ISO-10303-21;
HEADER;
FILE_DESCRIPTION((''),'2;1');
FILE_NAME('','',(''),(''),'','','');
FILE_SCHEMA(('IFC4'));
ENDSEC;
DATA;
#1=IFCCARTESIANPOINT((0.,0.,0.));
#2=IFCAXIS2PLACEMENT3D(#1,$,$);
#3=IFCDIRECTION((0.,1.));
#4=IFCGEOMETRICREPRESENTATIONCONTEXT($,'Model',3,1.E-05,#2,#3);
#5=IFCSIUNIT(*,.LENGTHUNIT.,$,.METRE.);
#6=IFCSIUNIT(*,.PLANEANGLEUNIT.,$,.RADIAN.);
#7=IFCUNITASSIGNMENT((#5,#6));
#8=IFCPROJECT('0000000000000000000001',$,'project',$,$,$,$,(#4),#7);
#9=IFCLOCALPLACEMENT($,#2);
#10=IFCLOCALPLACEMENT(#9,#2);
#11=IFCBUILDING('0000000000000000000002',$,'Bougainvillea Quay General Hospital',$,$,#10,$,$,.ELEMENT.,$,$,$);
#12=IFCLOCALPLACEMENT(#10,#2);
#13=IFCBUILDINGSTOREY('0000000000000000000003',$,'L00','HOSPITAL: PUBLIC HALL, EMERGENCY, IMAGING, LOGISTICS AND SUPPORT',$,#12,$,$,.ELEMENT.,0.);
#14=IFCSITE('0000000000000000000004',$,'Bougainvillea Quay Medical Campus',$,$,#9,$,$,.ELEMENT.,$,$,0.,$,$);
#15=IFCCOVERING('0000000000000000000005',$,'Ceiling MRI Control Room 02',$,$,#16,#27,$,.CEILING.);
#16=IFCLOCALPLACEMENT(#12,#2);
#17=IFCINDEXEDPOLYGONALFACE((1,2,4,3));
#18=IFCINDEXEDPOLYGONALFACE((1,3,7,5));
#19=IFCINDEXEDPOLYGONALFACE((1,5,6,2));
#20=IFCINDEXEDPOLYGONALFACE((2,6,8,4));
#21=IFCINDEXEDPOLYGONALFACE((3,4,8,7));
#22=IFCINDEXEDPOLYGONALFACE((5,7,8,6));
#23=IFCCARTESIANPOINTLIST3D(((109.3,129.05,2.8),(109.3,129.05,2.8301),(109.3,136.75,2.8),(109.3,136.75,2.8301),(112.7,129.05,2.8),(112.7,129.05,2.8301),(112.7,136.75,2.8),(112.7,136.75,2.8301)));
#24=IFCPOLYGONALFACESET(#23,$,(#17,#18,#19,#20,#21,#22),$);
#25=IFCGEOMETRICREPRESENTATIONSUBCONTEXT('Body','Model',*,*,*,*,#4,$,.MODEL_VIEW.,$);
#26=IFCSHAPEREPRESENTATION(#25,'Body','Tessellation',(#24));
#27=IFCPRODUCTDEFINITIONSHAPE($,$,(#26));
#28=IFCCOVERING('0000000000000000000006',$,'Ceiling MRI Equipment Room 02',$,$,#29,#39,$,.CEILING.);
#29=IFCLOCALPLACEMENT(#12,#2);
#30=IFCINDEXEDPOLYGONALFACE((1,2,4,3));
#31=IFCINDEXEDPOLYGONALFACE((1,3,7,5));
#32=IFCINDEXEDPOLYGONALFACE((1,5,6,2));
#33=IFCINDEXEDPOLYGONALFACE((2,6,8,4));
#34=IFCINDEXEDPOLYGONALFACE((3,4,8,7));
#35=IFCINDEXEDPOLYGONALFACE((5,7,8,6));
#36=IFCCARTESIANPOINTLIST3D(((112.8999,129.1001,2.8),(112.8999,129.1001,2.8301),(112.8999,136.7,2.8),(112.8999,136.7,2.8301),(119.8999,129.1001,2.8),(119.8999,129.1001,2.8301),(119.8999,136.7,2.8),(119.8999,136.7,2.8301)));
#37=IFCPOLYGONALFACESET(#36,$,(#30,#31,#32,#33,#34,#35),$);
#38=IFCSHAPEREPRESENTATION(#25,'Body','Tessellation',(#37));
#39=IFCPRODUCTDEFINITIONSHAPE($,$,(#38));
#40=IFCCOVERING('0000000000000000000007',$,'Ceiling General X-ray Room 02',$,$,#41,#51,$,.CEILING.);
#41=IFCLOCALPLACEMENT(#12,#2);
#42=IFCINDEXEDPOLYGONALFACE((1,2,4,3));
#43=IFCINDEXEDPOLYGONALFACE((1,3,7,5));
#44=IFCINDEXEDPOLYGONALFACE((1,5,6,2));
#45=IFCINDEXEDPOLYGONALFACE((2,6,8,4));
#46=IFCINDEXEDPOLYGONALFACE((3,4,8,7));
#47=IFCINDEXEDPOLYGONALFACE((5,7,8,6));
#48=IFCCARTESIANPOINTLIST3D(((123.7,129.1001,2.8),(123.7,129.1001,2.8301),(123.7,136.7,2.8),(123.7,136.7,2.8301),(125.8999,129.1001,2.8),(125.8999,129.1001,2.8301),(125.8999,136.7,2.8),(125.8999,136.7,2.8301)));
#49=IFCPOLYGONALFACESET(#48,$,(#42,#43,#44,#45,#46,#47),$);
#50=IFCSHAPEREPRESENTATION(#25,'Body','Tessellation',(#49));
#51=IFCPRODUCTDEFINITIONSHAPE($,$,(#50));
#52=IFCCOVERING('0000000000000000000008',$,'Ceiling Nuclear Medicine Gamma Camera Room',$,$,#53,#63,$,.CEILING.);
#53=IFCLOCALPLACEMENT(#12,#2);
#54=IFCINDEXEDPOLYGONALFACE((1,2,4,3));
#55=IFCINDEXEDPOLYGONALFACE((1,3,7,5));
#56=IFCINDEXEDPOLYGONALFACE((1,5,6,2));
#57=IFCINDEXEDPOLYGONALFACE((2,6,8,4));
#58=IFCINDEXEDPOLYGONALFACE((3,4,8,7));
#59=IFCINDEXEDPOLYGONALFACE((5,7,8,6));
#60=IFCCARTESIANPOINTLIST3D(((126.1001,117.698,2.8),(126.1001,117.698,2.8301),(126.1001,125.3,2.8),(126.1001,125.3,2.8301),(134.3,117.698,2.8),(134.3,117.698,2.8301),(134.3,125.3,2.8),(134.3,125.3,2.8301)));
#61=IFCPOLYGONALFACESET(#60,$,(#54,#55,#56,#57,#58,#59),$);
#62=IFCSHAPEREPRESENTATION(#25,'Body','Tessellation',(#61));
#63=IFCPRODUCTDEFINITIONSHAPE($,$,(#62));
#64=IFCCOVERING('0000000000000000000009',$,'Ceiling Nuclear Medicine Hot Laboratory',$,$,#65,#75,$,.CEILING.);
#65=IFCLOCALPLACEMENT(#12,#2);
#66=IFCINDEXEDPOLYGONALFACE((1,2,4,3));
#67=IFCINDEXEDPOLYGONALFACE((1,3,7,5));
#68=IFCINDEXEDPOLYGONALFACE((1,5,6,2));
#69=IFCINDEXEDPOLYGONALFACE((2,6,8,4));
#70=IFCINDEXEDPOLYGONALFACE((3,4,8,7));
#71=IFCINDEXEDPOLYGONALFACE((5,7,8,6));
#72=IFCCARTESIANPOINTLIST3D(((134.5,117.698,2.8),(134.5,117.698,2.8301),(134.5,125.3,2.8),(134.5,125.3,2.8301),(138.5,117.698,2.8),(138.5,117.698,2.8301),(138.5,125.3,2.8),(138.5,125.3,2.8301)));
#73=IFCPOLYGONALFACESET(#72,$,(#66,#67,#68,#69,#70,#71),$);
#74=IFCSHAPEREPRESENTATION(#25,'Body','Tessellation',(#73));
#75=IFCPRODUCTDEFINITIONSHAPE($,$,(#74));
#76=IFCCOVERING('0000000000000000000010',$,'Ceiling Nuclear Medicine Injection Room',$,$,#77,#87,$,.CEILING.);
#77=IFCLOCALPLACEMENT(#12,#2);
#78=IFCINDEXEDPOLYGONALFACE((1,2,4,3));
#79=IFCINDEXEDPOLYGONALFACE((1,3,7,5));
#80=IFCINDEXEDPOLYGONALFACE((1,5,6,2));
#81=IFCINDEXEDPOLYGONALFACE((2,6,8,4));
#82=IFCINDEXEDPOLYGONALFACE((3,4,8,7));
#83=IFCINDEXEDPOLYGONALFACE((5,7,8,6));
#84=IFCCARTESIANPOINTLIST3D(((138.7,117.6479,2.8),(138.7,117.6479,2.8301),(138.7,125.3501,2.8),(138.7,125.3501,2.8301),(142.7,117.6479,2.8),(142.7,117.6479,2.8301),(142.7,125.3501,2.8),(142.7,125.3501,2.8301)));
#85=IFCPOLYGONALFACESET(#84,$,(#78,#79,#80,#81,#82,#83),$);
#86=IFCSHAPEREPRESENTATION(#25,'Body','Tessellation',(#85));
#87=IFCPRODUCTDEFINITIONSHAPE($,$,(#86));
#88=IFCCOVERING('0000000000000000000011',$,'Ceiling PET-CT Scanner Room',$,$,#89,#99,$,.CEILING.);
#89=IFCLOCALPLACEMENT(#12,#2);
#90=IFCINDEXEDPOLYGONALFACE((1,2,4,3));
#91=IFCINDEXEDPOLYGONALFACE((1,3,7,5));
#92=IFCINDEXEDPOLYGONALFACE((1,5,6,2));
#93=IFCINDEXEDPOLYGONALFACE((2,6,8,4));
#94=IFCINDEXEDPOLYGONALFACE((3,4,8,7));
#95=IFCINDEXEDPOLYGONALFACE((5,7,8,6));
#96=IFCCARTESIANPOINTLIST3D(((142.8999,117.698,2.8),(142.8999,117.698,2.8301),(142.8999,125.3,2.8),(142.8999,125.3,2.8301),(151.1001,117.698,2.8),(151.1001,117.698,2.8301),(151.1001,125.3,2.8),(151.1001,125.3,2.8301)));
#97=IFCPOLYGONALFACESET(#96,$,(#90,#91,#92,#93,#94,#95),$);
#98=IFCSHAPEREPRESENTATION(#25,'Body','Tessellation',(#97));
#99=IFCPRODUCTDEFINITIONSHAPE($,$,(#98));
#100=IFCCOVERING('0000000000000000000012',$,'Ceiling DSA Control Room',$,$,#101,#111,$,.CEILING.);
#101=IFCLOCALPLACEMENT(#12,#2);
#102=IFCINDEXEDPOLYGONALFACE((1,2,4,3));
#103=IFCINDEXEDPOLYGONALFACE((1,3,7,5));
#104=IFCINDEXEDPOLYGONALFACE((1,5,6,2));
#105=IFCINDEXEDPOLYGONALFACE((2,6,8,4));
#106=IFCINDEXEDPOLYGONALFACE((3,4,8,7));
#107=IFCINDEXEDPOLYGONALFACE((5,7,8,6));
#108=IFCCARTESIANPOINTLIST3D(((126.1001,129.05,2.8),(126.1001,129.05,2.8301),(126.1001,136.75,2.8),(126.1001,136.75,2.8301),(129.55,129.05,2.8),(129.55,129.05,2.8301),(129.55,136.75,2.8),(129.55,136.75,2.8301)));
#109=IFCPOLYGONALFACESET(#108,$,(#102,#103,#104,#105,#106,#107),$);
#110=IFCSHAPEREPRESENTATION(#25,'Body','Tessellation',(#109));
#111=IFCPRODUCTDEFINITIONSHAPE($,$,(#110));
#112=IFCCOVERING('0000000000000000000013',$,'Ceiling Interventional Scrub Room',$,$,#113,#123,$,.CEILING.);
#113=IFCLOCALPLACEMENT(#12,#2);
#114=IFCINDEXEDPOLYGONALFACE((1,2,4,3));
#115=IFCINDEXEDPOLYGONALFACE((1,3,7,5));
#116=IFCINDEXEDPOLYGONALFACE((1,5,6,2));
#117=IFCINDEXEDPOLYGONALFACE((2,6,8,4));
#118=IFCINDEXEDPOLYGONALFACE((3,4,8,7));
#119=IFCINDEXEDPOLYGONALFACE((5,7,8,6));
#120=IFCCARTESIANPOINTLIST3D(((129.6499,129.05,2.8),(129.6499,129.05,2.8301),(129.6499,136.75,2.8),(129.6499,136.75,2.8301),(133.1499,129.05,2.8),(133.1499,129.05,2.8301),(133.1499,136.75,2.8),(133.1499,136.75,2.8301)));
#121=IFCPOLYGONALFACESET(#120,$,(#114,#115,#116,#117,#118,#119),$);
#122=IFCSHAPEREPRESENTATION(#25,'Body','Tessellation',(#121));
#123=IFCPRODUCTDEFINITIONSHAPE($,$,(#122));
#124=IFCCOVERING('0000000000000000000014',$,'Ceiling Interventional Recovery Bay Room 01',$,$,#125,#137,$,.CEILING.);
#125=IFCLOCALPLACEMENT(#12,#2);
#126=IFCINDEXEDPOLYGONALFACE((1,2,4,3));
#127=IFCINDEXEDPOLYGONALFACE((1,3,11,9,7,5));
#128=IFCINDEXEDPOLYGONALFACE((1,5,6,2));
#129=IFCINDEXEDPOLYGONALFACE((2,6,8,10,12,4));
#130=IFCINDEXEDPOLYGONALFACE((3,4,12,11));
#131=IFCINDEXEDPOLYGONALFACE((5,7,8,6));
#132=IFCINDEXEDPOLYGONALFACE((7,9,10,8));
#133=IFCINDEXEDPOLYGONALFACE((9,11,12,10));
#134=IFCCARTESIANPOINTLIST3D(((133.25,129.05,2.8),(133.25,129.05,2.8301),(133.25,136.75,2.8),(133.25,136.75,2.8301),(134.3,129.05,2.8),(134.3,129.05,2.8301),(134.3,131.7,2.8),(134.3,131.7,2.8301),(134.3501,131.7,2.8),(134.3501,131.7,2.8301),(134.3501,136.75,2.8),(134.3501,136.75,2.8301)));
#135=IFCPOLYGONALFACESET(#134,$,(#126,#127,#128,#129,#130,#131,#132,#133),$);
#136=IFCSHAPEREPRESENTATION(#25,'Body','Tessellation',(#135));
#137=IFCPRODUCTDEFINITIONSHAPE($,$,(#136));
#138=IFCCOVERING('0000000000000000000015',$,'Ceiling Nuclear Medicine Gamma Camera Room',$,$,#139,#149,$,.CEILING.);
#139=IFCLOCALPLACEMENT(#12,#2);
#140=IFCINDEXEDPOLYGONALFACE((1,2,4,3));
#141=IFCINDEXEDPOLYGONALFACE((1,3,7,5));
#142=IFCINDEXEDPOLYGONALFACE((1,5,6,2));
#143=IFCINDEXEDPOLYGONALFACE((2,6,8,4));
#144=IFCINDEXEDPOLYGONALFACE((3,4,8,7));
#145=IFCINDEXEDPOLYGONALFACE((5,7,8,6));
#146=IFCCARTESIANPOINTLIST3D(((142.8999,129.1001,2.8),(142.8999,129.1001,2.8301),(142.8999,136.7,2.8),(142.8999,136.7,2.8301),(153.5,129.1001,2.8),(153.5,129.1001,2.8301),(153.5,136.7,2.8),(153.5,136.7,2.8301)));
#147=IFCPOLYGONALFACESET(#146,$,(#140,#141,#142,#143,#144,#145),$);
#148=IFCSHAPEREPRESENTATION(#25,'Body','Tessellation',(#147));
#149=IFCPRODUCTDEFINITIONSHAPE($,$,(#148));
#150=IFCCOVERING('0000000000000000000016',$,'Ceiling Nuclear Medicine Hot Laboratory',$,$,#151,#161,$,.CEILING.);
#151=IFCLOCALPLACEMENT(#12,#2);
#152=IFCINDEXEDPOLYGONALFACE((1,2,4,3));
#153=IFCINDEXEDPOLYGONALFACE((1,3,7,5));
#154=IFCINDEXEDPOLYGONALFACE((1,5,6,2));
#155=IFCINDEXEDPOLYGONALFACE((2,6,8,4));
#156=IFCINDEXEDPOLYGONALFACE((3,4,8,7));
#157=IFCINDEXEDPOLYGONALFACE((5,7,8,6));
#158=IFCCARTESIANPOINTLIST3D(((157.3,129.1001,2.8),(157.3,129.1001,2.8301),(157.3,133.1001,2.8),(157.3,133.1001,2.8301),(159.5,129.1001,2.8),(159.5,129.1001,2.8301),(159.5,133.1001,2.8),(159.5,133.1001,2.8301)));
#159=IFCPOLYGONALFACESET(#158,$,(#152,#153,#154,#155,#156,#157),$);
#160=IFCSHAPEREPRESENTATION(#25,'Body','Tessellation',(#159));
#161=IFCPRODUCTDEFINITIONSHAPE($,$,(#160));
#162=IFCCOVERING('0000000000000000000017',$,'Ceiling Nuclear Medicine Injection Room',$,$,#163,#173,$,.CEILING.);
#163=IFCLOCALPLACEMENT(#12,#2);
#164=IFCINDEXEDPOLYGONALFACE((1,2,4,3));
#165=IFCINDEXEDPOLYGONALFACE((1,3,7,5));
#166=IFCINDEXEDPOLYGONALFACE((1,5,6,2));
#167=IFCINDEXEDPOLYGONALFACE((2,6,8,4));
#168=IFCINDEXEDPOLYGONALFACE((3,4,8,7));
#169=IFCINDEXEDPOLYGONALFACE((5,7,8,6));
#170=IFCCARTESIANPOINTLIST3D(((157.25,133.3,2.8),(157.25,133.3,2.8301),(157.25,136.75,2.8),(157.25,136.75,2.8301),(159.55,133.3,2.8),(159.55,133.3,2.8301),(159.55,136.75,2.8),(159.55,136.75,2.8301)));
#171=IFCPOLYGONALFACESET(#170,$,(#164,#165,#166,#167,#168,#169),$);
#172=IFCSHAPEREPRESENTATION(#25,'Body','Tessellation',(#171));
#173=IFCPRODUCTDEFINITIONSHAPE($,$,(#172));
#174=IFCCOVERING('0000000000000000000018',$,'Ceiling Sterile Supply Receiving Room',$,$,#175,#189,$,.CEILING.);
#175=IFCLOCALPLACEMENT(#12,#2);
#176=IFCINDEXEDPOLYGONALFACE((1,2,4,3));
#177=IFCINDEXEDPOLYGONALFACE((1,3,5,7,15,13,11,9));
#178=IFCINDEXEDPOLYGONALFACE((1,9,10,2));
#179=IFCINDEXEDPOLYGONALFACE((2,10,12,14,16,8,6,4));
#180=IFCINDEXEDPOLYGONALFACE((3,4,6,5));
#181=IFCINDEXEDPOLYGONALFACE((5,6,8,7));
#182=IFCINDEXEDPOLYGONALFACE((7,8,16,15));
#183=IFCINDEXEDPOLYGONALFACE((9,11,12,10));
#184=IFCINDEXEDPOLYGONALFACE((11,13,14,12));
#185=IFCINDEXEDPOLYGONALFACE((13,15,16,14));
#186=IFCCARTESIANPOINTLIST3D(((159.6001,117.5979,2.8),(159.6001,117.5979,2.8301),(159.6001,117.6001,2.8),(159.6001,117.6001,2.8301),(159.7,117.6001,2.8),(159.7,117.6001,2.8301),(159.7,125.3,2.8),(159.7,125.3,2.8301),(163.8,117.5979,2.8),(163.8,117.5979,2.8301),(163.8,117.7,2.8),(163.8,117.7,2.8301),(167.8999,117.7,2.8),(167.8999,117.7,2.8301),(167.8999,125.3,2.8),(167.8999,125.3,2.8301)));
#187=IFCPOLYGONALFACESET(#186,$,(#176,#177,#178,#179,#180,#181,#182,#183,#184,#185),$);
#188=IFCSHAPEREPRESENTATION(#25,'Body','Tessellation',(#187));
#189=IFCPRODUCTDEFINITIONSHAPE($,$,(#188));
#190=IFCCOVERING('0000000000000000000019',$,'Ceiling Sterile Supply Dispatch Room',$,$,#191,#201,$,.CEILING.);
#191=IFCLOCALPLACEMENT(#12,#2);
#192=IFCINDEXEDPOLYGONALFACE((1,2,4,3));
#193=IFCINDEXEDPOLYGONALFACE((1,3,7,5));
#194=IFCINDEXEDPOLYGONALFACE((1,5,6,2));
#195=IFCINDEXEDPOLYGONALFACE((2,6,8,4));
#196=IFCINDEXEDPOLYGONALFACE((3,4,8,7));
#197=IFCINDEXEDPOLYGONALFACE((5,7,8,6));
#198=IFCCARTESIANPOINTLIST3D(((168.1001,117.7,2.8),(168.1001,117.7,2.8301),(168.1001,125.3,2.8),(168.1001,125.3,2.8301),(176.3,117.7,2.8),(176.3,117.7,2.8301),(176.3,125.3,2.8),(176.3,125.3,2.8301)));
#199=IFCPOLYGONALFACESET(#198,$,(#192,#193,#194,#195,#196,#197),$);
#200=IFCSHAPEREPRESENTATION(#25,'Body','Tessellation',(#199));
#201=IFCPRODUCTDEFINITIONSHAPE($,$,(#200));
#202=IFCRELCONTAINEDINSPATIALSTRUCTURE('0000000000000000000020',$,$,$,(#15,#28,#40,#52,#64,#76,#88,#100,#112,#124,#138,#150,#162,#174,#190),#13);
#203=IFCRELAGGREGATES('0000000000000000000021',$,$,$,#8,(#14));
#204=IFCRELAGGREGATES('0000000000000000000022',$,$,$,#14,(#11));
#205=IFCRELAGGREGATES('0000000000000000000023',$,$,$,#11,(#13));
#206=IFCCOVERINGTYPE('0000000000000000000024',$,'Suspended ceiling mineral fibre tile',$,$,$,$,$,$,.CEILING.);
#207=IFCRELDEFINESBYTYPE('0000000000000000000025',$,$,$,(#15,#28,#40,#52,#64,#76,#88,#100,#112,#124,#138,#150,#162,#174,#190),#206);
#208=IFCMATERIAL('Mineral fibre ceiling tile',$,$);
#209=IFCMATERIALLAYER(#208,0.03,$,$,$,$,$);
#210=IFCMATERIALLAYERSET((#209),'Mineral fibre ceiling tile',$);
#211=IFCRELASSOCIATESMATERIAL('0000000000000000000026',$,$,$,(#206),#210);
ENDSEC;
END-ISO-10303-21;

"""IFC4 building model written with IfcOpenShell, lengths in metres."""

from ifc_helpers import new_model, si_unit, direction, frame, origin, place, context, subcontext, project, spatial, polyline, outline, extrude, material, layer, layer_set, type_object, element, save


model = new_model("IFC4")

# Units and contexts
model_context = context("Model", 3, precision=1e-05, world=origin(), true_north=direction((0.0, 1.0)))
body_context = subcontext(model_context, "Body", "Model", "MODEL_VIEW")
ifc_project = project(units=[si_unit("LENGTHUNIT", "METRE"), si_unit("PLANEANGLEUNIT", "RADIAN")], contexts=[model_context])

# Site, building, storey
site_placement = place(None, origin())
site = spatial("IfcSite", under=ifc_project, at=site_placement, Name="Bougainvillea Quay Medical Campus", CompositionType="ELEMENT", RefElevation=0.0)
building_placement = place(site_placement, origin())
building = spatial("IfcBuilding", under=site, at=building_placement, Name="Bougainvillea Quay General Hospital", CompositionType="ELEMENT")
storey_placement = place(building_placement, origin())
storey = spatial("IfcBuildingStorey", under=building, at=storey_placement, Name="L00", Description="HOSPITAL: PUBLIC HALL, EMERGENCY, IMAGING, LOGISTICS AND SUPPORT", CompositionType="ELEMENT", Elevation=0.0)

# Coverings
ifc_material = material(Name="Mineral fibre ceiling tile")
ifc_layer = layer(ifc_material, 0.03)
ifc_layer_set = layer_set([ifc_layer], Name="Mineral fibre ceiling tile")
covering_type = type_object("IfcCoveringType", Name="Suspended ceiling mineral fibre tile", PredefinedType="CEILING", material=ifc_layer_set)
covering_1_placement = place(storey_placement, frame((0.0, 0.0, 2.8)))
element("IfcCovering", 1, at=covering_1_placement, inside=storey, type_object=covering_type, Name="Ceiling MRI Control Room 02", PredefinedType="CEILING", context=body_context, shape_type="SweptSolid", body=[
    extrude(outline(polyline([(112.7, 129.05), (112.7, 136.75), (109.3, 136.75), (109.3, 129.05), (112.7, 129.05)])), origin(), (0.0, 0.0, 1.0), 0.03),
])
covering_2_placement = place(storey_placement, frame((0.0, 0.0, 2.8)))
element("IfcCovering", 2, at=covering_2_placement, inside=storey, type_object=covering_type, Name="Ceiling MRI Equipment Room 02", PredefinedType="CEILING", context=body_context, shape_type="SweptSolid", body=[
    extrude(outline(polyline([(112.8999, 129.1001), (119.8999, 129.1001), (119.8999, 136.7), (112.8999, 136.7), (112.8999, 129.1001)])), origin(), (0.0, 0.0, 1.0), 0.03),
])
covering_3_placement = place(storey_placement, frame((0.0, 0.0, 2.8)))
element("IfcCovering", 3, at=covering_3_placement, inside=storey, type_object=covering_type, Name="Ceiling General X-ray Room 02", PredefinedType="CEILING", context=body_context, shape_type="SweptSolid", body=[
    extrude(outline(polyline([(125.8999, 136.7), (123.7, 136.7), (123.7, 129.1001), (125.8999, 129.1001), (125.8999, 136.7)])), origin(), (0.0, 0.0, 1.0), 0.03),
])
covering_4_placement = place(storey_placement, frame((0.0, 0.0, 2.8)))
element("IfcCovering", 4, at=covering_4_placement, inside=storey, type_object=covering_type, Name="Ceiling Nuclear Medicine Gamma Camera Room", PredefinedType="CEILING", context=body_context, shape_type="SweptSolid", body=[
    extrude(outline(polyline([(126.1001, 117.698), (134.3, 117.698), (134.3, 125.3), (126.1001, 125.3), (126.1001, 117.698)])), origin(), (0.0, 0.0, 1.0), 0.03),
])
covering_5_placement = place(storey_placement, frame((0.0, 0.0, 2.8)))
element("IfcCovering", 5, at=covering_5_placement, inside=storey, type_object=covering_type, Name="Ceiling Nuclear Medicine Hot Laboratory", PredefinedType="CEILING", context=body_context, shape_type="SweptSolid", body=[
    extrude(outline(polyline([(138.5, 117.698), (138.5, 125.3), (134.5, 125.3), (134.5, 117.698), (138.5, 117.698)])), origin(), (0.0, 0.0, 1.0), 0.03),
])
covering_6_placement = place(storey_placement, frame((0.0, 0.0, 2.8)))
element("IfcCovering", 6, at=covering_6_placement, inside=storey, type_object=covering_type, Name="Ceiling Nuclear Medicine Injection Room", PredefinedType="CEILING", context=body_context, shape_type="SweptSolid", body=[
    extrude(outline(polyline([(138.7, 125.3501), (138.7, 117.6479), (142.7, 117.6479), (142.7, 125.3501), (138.7, 125.3501)])), origin(), (0.0, 0.0, 1.0), 0.03),
])
covering_7_placement = place(storey_placement, frame((0.0, 0.0, 2.8)))
element("IfcCovering", 7, at=covering_7_placement, inside=storey, type_object=covering_type, Name="Ceiling PET-CT Scanner Room", PredefinedType="CEILING", context=body_context, shape_type="SweptSolid", body=[
    extrude(outline(polyline([(142.8999, 125.3), (142.8999, 117.698), (151.1001, 117.698), (151.1001, 125.3), (142.8999, 125.3)])), origin(), (0.0, 0.0, 1.0), 0.03),
])
covering_8_placement = place(storey_placement, frame((0.0, 0.0, 2.8)))
element("IfcCovering", 8, at=covering_8_placement, inside=storey, type_object=covering_type, Name="Ceiling DSA Control Room", PredefinedType="CEILING", context=body_context, shape_type="SweptSolid", body=[
    extrude(outline(polyline([(126.1001, 129.05), (129.55, 129.05), (129.55, 136.75), (126.1001, 136.75), (126.1001, 129.05)])), origin(), (0.0, 0.0, 1.0), 0.03),
])
covering_9_placement = place(storey_placement, frame((0.0, 0.0, 2.8)))
element("IfcCovering", 9, at=covering_9_placement, inside=storey, type_object=covering_type, Name="Ceiling Interventional Scrub Room", PredefinedType="CEILING", context=body_context, shape_type="SweptSolid", body=[
    extrude(outline(polyline([(129.6499, 129.05), (133.1499, 129.05), (133.1499, 136.75), (129.6499, 136.75), (129.6499, 129.05)])), origin(), (0.0, 0.0, 1.0), 0.03),
])
covering_10_placement = place(storey_placement, frame((0.0, 0.0, 2.8)))
element("IfcCovering", 10, at=covering_10_placement, inside=storey, type_object=covering_type, Name="Ceiling Interventional Recovery Bay Room 01", PredefinedType="CEILING", context=body_context, shape_type="SweptSolid", body=[
    extrude(outline(polyline([(134.3501, 131.7), (134.3501, 136.75), (133.25, 136.75), (133.25, 129.05), (134.3, 129.05), (134.3, 131.7), (134.3501, 131.7)])), origin(), (0.0, 0.0, 1.0), 0.03),
])
covering_11_placement = place(storey_placement, frame((0.0, 0.0, 2.8)))
element("IfcCovering", 11, at=covering_11_placement, inside=storey, type_object=covering_type, Name="Ceiling Nuclear Medicine Gamma Camera Room", PredefinedType="CEILING", context=body_context, shape_type="SweptSolid", body=[
    extrude(outline(polyline([(153.5, 136.7), (142.8999, 136.7), (142.8999, 129.1001), (153.5, 129.1001), (153.5, 136.7)])), origin(), (0.0, 0.0, 1.0), 0.03),
])
covering_12_placement = place(storey_placement, frame((0.0, 0.0, 2.8)))
element("IfcCovering", 12, at=covering_12_placement, inside=storey, type_object=covering_type, Name="Ceiling Nuclear Medicine Hot Laboratory", PredefinedType="CEILING", context=body_context, shape_type="SweptSolid", body=[
    extrude(outline(polyline([(159.5, 133.1001), (157.3, 133.1001), (157.3, 129.1001), (159.5, 129.1001), (159.5, 133.1001)])), origin(), (0.0, 0.0, 1.0), 0.03),
])
covering_13_placement = place(storey_placement, frame((0.0, 0.0, 2.8)))
element("IfcCovering", 13, at=covering_13_placement, inside=storey, type_object=covering_type, Name="Ceiling Nuclear Medicine Injection Room", PredefinedType="CEILING", context=body_context, shape_type="SweptSolid", body=[
    extrude(outline(polyline([(157.25, 136.75), (157.25, 133.3), (159.55, 133.3), (159.55, 136.75), (157.25, 136.75)])), origin(), (0.0, 0.0, 1.0), 0.03),
])
covering_14_placement = place(storey_placement, frame((0.0, 0.0, 2.8)))
element("IfcCovering", 14, at=covering_14_placement, inside=storey, type_object=covering_type, Name="Ceiling Sterile Supply Receiving Room", PredefinedType="CEILING", context=body_context, shape_type="SweptSolid", body=[
    extrude(outline(polyline([(159.6001, 117.5979), (163.8, 117.5979), (163.8, 117.7), (167.8999, 117.7), (167.8999, 125.3), (159.7, 125.3), (159.7, 117.6001), (159.6001, 117.6001), (159.6001, 117.5979)])), origin(), (0.0, 0.0, 1.0), 0.03),
])
covering_15_placement = place(storey_placement, frame((0.0, 0.0, 2.8)))
element("IfcCovering", 15, at=covering_15_placement, inside=storey, type_object=covering_type, Name="Ceiling Sterile Supply Dispatch Room", PredefinedType="CEILING", context=body_context, shape_type="SweptSolid", body=[
    extrude(outline(polyline([(176.3, 125.3), (168.1001, 125.3), (168.1001, 117.7), (176.3, 117.7), (176.3, 125.3)])), origin(), (0.0, 0.0, 1.0), 0.03),
])

save(model, "model.ifc")
